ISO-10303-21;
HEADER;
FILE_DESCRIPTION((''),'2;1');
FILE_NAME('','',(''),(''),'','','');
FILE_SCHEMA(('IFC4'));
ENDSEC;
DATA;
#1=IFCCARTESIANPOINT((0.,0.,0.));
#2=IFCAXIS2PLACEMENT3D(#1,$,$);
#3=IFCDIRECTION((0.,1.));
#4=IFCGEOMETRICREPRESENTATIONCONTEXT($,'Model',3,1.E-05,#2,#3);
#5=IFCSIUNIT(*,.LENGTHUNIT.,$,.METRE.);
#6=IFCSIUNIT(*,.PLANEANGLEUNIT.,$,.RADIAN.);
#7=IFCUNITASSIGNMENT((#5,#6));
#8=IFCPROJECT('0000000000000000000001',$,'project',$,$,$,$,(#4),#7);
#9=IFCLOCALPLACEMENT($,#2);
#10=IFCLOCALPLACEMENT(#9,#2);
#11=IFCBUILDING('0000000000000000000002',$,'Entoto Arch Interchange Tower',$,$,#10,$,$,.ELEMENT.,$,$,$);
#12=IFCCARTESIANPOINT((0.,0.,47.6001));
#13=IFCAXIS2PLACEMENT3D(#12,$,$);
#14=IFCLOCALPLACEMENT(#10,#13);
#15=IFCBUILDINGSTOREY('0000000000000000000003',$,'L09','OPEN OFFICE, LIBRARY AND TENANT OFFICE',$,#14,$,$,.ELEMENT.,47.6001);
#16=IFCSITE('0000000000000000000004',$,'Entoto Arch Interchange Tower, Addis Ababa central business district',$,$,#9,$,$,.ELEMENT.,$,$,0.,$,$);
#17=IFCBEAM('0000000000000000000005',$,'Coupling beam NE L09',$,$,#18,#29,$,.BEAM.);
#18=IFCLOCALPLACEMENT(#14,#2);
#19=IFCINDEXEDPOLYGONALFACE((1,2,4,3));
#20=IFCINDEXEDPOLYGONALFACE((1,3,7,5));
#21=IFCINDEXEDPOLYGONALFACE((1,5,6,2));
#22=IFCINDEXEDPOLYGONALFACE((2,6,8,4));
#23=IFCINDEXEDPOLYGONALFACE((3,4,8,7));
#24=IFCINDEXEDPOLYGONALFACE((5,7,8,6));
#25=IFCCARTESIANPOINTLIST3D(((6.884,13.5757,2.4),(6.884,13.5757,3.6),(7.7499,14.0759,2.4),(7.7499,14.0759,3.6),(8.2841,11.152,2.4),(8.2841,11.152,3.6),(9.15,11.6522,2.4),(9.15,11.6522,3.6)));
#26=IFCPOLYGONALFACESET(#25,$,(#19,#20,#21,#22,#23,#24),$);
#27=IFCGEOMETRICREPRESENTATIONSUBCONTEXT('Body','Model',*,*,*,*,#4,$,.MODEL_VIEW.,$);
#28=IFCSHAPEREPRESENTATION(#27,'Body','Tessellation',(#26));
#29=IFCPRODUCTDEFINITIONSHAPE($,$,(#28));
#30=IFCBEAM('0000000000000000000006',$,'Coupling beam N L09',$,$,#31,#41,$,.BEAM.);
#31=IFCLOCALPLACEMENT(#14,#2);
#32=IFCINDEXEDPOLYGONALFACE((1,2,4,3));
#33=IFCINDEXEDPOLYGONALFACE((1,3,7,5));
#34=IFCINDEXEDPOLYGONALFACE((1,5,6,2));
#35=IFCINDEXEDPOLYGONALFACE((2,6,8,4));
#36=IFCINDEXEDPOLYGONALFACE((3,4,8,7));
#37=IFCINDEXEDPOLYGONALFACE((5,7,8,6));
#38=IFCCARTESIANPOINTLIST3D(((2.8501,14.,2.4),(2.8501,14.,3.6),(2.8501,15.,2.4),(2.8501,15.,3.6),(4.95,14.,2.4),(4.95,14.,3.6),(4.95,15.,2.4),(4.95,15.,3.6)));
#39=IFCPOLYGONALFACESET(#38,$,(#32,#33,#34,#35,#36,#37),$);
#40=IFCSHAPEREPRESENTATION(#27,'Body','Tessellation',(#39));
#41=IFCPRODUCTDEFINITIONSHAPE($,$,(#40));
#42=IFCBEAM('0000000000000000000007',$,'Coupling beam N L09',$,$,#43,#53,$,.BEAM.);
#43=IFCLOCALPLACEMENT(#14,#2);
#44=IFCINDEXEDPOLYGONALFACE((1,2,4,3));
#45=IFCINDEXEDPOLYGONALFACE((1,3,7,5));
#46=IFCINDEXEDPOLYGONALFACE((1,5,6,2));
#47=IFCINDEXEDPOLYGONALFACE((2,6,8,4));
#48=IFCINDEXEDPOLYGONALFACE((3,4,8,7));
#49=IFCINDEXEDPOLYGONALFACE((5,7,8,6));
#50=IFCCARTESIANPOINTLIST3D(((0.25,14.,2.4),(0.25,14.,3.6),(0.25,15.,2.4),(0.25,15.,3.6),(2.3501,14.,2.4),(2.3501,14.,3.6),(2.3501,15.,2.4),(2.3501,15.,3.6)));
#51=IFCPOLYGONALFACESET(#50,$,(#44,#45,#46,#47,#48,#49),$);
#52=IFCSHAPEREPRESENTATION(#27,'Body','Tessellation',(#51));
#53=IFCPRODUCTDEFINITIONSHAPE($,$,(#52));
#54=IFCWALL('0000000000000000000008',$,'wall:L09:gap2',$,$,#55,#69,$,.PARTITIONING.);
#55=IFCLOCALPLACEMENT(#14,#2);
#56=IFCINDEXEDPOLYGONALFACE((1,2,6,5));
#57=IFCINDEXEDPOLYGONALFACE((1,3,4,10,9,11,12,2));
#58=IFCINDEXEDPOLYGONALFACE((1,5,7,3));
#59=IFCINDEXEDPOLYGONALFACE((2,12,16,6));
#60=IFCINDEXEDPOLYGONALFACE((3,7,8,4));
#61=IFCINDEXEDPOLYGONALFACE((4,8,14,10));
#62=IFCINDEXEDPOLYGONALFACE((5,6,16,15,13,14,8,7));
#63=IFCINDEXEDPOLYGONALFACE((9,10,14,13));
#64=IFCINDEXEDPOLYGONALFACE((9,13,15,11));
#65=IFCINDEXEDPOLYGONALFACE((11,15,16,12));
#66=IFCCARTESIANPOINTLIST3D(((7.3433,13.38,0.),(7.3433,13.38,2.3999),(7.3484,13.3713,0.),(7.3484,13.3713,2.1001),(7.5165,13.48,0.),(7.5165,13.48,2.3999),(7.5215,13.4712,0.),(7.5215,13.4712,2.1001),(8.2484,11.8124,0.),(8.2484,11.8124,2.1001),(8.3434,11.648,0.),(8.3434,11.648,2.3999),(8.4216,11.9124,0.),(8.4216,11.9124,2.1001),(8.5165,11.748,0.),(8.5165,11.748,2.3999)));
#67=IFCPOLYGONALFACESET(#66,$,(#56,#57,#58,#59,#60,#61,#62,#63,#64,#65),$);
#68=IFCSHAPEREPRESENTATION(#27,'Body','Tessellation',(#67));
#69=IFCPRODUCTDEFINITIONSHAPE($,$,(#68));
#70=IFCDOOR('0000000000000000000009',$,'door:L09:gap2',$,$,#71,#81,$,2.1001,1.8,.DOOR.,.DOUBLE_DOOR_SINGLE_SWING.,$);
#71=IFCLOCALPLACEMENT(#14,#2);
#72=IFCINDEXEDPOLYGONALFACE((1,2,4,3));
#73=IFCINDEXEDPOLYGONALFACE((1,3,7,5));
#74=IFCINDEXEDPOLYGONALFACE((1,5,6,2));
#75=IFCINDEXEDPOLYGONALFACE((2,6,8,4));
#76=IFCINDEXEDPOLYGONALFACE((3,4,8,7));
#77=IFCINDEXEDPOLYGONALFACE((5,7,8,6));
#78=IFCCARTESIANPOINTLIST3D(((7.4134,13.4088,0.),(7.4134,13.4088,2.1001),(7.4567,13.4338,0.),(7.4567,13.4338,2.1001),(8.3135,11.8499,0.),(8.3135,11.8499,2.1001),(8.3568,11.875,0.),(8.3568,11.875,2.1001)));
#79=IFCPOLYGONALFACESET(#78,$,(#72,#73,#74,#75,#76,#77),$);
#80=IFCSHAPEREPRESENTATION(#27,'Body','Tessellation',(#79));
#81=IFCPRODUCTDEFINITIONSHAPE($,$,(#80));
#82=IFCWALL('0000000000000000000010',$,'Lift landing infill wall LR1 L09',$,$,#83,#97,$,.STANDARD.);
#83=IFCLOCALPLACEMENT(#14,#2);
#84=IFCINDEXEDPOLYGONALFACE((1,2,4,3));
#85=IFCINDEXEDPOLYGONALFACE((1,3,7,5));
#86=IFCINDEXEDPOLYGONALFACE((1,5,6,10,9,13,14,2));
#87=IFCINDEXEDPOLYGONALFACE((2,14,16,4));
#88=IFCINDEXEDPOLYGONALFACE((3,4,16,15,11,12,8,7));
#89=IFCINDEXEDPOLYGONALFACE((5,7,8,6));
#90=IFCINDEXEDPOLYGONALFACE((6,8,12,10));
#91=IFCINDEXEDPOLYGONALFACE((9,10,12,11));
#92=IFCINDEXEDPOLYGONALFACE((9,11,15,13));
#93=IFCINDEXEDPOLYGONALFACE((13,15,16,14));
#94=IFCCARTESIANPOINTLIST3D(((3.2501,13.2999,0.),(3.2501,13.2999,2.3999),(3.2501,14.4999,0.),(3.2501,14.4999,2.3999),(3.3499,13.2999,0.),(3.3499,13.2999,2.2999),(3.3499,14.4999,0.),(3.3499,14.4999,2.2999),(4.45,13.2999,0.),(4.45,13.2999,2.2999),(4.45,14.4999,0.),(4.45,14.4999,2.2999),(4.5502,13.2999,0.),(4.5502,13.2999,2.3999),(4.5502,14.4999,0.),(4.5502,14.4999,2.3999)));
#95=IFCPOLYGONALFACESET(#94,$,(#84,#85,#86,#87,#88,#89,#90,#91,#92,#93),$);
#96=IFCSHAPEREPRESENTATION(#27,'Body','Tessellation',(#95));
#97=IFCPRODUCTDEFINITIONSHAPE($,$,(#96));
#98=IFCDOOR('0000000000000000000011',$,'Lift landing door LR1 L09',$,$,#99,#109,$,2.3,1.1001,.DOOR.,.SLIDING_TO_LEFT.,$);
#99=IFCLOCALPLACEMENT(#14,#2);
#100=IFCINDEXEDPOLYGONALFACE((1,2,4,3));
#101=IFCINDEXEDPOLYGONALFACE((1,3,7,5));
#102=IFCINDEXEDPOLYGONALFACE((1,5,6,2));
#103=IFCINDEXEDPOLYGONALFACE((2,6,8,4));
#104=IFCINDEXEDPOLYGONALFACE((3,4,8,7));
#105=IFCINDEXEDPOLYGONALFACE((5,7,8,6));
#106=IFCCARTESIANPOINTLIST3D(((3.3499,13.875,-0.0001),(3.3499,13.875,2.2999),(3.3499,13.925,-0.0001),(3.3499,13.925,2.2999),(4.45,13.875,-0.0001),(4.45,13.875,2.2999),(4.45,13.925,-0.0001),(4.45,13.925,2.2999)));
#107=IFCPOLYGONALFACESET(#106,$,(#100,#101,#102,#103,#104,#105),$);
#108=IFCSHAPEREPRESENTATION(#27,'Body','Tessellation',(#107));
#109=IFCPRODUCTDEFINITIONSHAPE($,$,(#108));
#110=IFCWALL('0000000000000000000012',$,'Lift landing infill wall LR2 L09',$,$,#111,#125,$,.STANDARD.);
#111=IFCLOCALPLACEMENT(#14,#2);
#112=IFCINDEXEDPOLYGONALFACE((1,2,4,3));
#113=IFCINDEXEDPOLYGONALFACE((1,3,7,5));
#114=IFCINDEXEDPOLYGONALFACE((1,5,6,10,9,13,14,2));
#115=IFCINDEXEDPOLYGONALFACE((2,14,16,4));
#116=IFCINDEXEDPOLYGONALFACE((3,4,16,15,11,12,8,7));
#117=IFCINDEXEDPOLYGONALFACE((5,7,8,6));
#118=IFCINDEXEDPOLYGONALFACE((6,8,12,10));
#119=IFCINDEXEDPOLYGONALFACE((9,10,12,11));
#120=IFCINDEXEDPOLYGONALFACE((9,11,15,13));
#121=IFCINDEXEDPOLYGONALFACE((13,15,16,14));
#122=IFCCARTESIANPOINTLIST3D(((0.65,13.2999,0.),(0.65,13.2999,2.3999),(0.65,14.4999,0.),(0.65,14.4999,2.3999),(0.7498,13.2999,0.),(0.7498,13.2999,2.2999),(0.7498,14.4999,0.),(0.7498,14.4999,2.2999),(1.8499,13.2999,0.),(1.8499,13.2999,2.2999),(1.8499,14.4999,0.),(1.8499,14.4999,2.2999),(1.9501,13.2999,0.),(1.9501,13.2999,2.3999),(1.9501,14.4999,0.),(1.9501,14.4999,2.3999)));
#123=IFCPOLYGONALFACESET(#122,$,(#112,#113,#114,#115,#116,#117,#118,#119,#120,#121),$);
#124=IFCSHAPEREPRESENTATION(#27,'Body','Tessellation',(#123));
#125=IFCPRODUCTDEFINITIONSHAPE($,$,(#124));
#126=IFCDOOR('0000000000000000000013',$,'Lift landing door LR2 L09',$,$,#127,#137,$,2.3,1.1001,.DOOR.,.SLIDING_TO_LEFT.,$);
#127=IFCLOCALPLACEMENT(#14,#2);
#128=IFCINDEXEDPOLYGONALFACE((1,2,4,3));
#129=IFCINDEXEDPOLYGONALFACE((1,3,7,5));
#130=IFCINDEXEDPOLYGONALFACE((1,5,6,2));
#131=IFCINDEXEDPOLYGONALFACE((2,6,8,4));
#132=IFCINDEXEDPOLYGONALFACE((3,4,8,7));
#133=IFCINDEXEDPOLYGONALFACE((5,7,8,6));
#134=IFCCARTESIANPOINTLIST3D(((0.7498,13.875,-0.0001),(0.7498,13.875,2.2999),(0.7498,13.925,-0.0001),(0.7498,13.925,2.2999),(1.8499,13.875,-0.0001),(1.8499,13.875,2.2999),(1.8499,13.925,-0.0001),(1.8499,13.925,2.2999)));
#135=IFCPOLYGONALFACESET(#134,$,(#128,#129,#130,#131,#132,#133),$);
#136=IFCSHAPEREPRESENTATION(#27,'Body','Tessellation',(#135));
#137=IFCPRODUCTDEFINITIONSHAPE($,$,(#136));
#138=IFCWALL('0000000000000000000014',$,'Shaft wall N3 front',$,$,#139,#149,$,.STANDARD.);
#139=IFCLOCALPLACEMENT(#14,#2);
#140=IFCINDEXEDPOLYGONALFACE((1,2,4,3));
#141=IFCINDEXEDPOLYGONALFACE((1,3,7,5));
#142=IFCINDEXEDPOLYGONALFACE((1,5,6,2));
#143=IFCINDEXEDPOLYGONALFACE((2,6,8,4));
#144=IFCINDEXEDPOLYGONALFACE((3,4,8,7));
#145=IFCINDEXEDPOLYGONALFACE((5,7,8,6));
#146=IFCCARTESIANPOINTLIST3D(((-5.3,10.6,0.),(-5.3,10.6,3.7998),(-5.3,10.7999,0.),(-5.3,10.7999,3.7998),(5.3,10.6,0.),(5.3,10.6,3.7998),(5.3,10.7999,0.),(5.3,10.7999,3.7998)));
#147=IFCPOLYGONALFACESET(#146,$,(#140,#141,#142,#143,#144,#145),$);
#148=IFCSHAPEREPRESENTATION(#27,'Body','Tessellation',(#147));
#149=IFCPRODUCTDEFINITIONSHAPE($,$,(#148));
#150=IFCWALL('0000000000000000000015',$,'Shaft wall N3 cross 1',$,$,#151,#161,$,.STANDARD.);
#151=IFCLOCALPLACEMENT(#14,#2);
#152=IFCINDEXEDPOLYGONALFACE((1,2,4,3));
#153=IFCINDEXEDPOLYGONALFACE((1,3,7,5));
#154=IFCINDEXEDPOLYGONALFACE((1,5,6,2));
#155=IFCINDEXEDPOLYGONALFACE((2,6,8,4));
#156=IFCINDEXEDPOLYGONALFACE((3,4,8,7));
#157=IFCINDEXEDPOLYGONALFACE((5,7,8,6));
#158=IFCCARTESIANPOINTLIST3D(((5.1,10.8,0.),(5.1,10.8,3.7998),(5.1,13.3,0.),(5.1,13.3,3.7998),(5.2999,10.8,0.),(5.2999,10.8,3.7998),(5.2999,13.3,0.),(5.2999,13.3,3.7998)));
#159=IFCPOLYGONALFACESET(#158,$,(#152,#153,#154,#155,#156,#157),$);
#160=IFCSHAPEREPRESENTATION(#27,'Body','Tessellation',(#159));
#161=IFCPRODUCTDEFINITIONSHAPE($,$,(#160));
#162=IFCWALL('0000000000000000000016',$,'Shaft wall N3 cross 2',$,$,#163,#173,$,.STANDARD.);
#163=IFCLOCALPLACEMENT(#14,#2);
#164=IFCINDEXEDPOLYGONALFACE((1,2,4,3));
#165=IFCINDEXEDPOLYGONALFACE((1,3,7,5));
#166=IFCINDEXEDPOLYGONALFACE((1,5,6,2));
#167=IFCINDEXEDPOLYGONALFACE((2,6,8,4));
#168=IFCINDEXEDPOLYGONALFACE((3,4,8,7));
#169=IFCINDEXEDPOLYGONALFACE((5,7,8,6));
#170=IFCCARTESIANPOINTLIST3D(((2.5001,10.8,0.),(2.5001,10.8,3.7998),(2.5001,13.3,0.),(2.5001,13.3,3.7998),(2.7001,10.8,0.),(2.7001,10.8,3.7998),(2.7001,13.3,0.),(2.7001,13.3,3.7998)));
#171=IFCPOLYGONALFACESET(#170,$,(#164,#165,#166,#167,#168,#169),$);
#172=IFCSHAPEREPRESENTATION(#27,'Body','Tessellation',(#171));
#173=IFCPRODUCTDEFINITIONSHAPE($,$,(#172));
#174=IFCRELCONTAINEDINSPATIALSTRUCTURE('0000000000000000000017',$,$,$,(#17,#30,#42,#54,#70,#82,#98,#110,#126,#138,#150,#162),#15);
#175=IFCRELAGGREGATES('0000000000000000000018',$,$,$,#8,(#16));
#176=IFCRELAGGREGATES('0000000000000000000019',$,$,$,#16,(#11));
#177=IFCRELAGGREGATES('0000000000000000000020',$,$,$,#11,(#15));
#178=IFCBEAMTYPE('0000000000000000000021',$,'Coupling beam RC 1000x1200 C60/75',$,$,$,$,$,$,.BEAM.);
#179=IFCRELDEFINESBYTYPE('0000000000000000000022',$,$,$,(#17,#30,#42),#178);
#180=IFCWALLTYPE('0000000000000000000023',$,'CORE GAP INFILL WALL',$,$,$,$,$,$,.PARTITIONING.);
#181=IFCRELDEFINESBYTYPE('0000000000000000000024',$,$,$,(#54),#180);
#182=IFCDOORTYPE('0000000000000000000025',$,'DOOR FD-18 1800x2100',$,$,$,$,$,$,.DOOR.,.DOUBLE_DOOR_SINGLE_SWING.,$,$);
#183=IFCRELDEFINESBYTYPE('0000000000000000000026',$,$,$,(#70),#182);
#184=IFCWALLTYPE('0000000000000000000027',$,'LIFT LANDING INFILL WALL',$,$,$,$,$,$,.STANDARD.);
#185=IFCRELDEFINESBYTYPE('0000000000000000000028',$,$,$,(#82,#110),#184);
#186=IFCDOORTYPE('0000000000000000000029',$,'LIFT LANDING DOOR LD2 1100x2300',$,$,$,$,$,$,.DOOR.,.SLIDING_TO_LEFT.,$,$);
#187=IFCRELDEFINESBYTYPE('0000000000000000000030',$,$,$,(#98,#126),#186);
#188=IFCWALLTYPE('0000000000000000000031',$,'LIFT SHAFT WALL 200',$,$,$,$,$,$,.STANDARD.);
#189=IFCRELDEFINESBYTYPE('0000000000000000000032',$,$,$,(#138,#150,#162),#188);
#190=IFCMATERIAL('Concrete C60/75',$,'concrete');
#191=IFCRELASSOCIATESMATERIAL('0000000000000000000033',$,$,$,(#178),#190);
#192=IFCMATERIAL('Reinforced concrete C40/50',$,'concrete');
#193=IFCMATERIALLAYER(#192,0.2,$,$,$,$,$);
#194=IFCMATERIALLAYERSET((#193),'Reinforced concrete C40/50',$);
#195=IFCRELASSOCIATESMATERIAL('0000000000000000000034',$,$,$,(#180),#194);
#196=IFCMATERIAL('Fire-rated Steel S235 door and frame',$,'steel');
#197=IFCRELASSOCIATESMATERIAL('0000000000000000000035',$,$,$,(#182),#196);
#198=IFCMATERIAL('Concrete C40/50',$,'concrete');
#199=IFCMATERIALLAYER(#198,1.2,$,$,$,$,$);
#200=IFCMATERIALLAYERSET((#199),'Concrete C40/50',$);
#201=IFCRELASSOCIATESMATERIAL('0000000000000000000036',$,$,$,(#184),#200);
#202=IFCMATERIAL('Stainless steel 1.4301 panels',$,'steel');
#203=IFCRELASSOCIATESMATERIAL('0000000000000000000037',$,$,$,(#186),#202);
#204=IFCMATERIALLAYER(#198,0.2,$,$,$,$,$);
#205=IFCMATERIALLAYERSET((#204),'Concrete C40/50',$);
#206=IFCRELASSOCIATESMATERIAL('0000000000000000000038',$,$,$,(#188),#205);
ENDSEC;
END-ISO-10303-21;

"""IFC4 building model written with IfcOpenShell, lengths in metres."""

from ifc_helpers import new_model, si_unit, direction, frame, frame_2d, origin, origin_2d, place, context, subcontext, project, spatial, rectangle, extrude, material, layer, layer_set, material_profile, profile_set, type_object, element, fill, save


model = new_model("IFC4")

# Units and contexts
model_context = context("Model", 3, precision=1e-05, world=origin(), true_north=direction((0.0, 1.0)))
body_context = subcontext(model_context, "Body", "Model", "MODEL_VIEW")
ifc_project = project(units=[si_unit("LENGTHUNIT", "METRE"), si_unit("PLANEANGLEUNIT", "RADIAN")], contexts=[model_context])

# Site, building, storey
site_placement = place(None, origin())
site = spatial("IfcSite", under=ifc_project, at=site_placement, Name="Entoto Arch Interchange Tower, Addis Ababa central business district", CompositionType="ELEMENT", RefElevation=0.0)
building_placement = place(site_placement, origin())
building = spatial("IfcBuilding", under=site, at=building_placement, Name="Entoto Arch Interchange Tower", CompositionType="ELEMENT")
storey_placement = place(building_placement, frame((0.0, 0.0, 47.6001)))
storey = spatial("IfcBuildingStorey", under=building, at=storey_placement, Name="L09", Description="OPEN OFFICE, LIBRARY AND TENANT OFFICE", CompositionType="ELEMENT", Elevation=47.6001)

# Beams
ifc_material_1 = material(Name="Concrete C60/75", Category="concrete")
ifc_material_profile = material_profile(ifc_material_1, rectangle(XDim=1.0, YDim=1.2, at=origin_2d()))
ifc_profile_set = profile_set([ifc_material_profile], Name="Concrete C60/75")
beam_type = type_object("IfcBeamType", Name="Coupling beam RC 1000x1200 C60/75", PredefinedType="BEAM", material=ifc_profile_set)
beam_1_placement = place(storey_placement, frame((8.717, 11.4021, 3.0), z_axis=(-0.500201, 0.86591, 0.0), x_axis=(-0.86591, -0.500201, 0.0)))
element("IfcBeam", 1, at=beam_1_placement, inside=storey, type_object=beam_type, Name="Coupling beam NE L09", PredefinedType="BEAM", context=body_context, shape_type="SweptSolid", body=[
    extrude(rectangle(XDim=1.0, YDim=1.2, at=origin_2d()), origin(), (0.0, 0.0, 1.0), 2.7991),
])
beam_2_placement = place(storey_placement, frame((4.95, 14.5, 3.0), z_axis=(-1.0, 0.0, 0.0), x_axis=(0.0, -1.0, 0.0)))
element("IfcBeam", 2, at=beam_2_placement, inside=storey, type_object=beam_type, Name="Coupling beam N L09", PredefinedType="BEAM", context=body_context, shape_type="SweptSolid", body=[
    extrude(rectangle(XDim=1.0, YDim=1.2, at=origin_2d()), origin(), (0.0, 0.0, 1.0), 2.0999),
])
beam_3_placement = place(storey_placement, frame((2.3501, 14.5, 3.0), z_axis=(-1.0, 0.0, 0.0), x_axis=(0.0, -1.0, 0.0)))
element("IfcBeam", 3, at=beam_3_placement, inside=storey, type_object=beam_type, Name="Coupling beam N L09", PredefinedType="BEAM", context=body_context, shape_type="SweptSolid", body=[
    extrude(rectangle(XDim=1.0, YDim=1.2, at=origin_2d()), origin(), (0.0, 0.0, 1.0), 2.1001),
])

# Walls, openings, doors
ifc_material_2 = material(Name="Reinforced concrete C40/50", Category="concrete")
ifc_layer_1 = layer(ifc_material_2, 0.2)
ifc_layer_set_1 = layer_set([ifc_layer_1], Name="Reinforced concrete C40/50")
wall_type_1 = type_object("IfcWallType", Name="CORE GAP INFILL WALL", PredefinedType="PARTITIONING", material=ifc_layer_set_1)
wall_1_placement = place(storey_placement, frame((8.4299, 11.698, 0.0), z_axis=(0.0, 0.0, 1.0), x_axis=(-0.500025, 0.866011, 0.0)))
wall_1 = element("IfcWall", 4, at=wall_1_placement, inside=storey, type_object=wall_type_1, Name="wall:L09:gap2", PredefinedType="PARTITIONING", context=body_context, shape_type="SweptSolid", body=[
    extrude(rectangle(XDim=2.0, YDim=0.2, at=frame_2d((1.0, 0.0))), origin(), (0.0, 0.0, 1.0), 2.3999),
])
opening_1_placement = place(wall_1_placement, frame((0.1899, 0.0, 0.0)))
opening_1 = element("IfcOpeningElement", 5, at=opening_1_placement, cuts=wall_1, PredefinedType="OPENING", context=body_context, shape_type="SweptSolid", body=[
    extrude(rectangle(XDim=1.8, YDim=2.1001, at=frame_2d((0.8999, 1.05))), frame((0.0, 0.1099, 0.0), z_axis=(0.0, -1.0, 0.0), x_axis=(1.0, 0.0, 0.0)), (0.0, 0.0, 1.0), 0.22),
])
ifc_material_3 = material(Name="Fire-rated Steel S235 door and frame", Category="steel")
door_type_1 = type_object("IfcDoorType", Name="DOOR FD-18 1800x2100", OperationType="DOUBLE_DOOR_SINGLE_SWING", PredefinedType="DOOR", material=ifc_material_3)
door_1_placement = place(opening_1_placement, origin())
door_1 = element("IfcDoor", 6, at=door_1_placement, inside=storey, type_object=door_type_1, Name="door:L09:gap2", OperationType="DOUBLE_DOOR_SINGLE_SWING", OverallHeight=2.1001, OverallWidth=1.8, PredefinedType="DOOR", context=body_context, shape_type="SweptSolid", body=[
    extrude(rectangle(XDim=1.8, YDim=2.1001, at=frame_2d((0.8999, 1.05))), frame((0.0, 0.0249, 0.0), z_axis=(0.0, -1.0, 0.0), x_axis=(1.0, 0.0, 0.0)), (0.0, 0.0, 1.0), 0.05),
])
fill(opening_1, door_1)
ifc_material_4 = material(Name="Concrete C40/50", Category="concrete")
ifc_layer_2 = layer(ifc_material_4, 1.2)
ifc_layer_set_2 = layer_set([ifc_layer_2], Name="Concrete C40/50")
wall_type_2 = type_object("IfcWallType", Name="LIFT LANDING INFILL WALL", PredefinedType="STANDARD", material=ifc_layer_set_2)
wall_2_placement = place(storey_placement, frame((4.55, 13.8999, 0.0), z_axis=(0.0, 0.0, 1.0), x_axis=(-1.0, 0.0, 0.0)))
wall_2 = element("IfcWall", 7, at=wall_2_placement, inside=storey, type_object=wall_type_2, Name="Lift landing infill wall LR1 L09", PredefinedType="STANDARD", context=body_context, shape_type="SweptSolid", body=[
    extrude(rectangle(XDim=1.3, YDim=1.2, at=frame_2d((0.6499, 0.0))), origin(), (0.0, 0.0, 1.0), 2.3999),
])
opening_2_placement = place(wall_2_placement, frame((0.1001, 0.0, 0.0)))
opening_2 = element("IfcOpeningElement", 8, at=opening_2_placement, cuts=wall_2, PredefinedType="OPENING", context=body_context, shape_type="SweptSolid", body=[
    extrude(rectangle(XDim=1.1001, YDim=2.3, at=frame_2d((0.55, 1.1499))), frame((0.0, 0.6099, 0.0), z_axis=(0.0, -1.0, 0.0), x_axis=(1.0, 0.0, 0.0)), (0.0, 0.0, 1.0), 1.22),
])
ifc_material_5 = material(Name="Stainless steel 1.4301 panels", Category="steel")
door_type_2 = type_object("IfcDoorType", Name="LIFT LANDING DOOR LD2 1100x2300", OperationType="SLIDING_TO_LEFT", PredefinedType="DOOR", material=ifc_material_5)
door_2_placement = place(opening_2_placement, origin())
door_2 = element("IfcDoor", 9, at=door_2_placement, inside=storey, type_object=door_type_2, Name="Lift landing door LR1 L09", OperationType="SLIDING_TO_LEFT", OverallHeight=2.3, OverallWidth=1.1001, PredefinedType="DOOR", context=body_context, shape_type="SweptSolid", body=[
    extrude(rectangle(XDim=1.1001, YDim=2.3, at=frame_2d((0.55, 1.1499))), frame((0.0, 0.0249, 0.0), z_axis=(0.0, -1.0, 0.0), x_axis=(1.0, 0.0, 0.0)), (0.0, 0.0, 1.0), 0.05),
])
fill(opening_2, door_2)
wall_3_placement = place(storey_placement, frame((1.95, 13.8999, 0.0), z_axis=(0.0, 0.0, 1.0), x_axis=(-1.0, 0.0, 0.0)))
wall_3 = element("IfcWall", 10, at=wall_3_placement, inside=storey, type_object=wall_type_2, Name="Lift landing infill wall LR2 L09", PredefinedType="STANDARD", context=body_context, shape_type="SweptSolid", body=[
    extrude(rectangle(XDim=1.3, YDim=1.2, at=frame_2d((0.6499, 0.0))), origin(), (0.0, 0.0, 1.0), 2.3999),
])
opening_3_placement = place(wall_3_placement, frame((0.1001, 0.0, 0.0)))
opening_3 = element("IfcOpeningElement", 11, at=opening_3_placement, cuts=wall_3, PredefinedType="OPENING", context=body_context, shape_type="SweptSolid", body=[
    extrude(rectangle(XDim=1.1001, YDim=2.3, at=frame_2d((0.55, 1.1499))), frame((0.0, 0.6099, 0.0), z_axis=(0.0, -1.0, 0.0), x_axis=(1.0, 0.0, 0.0)), (0.0, 0.0, 1.0), 1.22),
])
door_3_placement = place(opening_3_placement, origin())
door_3 = element("IfcDoor", 12, at=door_3_placement, inside=storey, type_object=door_type_2, Name="Lift landing door LR2 L09", OperationType="SLIDING_TO_LEFT", OverallHeight=2.3, OverallWidth=1.1001, PredefinedType="DOOR", context=body_context, shape_type="SweptSolid", body=[
    extrude(rectangle(XDim=1.1001, YDim=2.3, at=frame_2d((0.55, 1.1499))), frame((0.0, 0.0249, 0.0), z_axis=(0.0, -1.0, 0.0), x_axis=(1.0, 0.0, 0.0)), (0.0, 0.0, 1.0), 0.05),
])
fill(opening_3, door_3)

# Walls
ifc_layer_3 = layer(ifc_material_4, 0.2)
ifc_layer_set_3 = layer_set([ifc_layer_3], Name="Concrete C40/50")
wall_type_3 = type_object("IfcWallType", Name="LIFT SHAFT WALL 200", PredefinedType="STANDARD", material=ifc_layer_set_3)
wall_4_placement = place(storey_placement, frame((5.3, 10.7, 0.0), z_axis=(0.0, 0.0, 1.0), x_axis=(-1.0, 0.0, 0.0)))
element("IfcWall", 13, at=wall_4_placement, inside=storey, type_object=wall_type_3, Name="Shaft wall N3 front", PredefinedType="STANDARD", context=body_context, shape_type="SweptSolid", body=[
    extrude(rectangle(XDim=10.6001, YDim=0.2, at=frame_2d((5.3, 0.0))), origin(), (0.0, 0.0, 1.0), 3.7998),
])
for number, where, z_axis, x_axis, name in (
    (14, (5.2, 10.8, 0.0), (0.0, 0.0, 1.0), (0.0, 1.0, 0.0), "Shaft wall N3 cross 1"),
    (15, (2.6001, 10.8, 0.0), (0.0, 0.0, 1.0), (0.0, 1.0, 0.0), "Shaft wall N3 cross 2"),
):
    element("IfcWall", number, at=place(storey_placement, frame(where, z_axis=z_axis, x_axis=x_axis)), inside=storey, type_object=wall_type_3, Name=name, PredefinedType="STANDARD", context=body_context, shape_type="SweptSolid", body=[
        extrude(rectangle(XDim=2.5, YDim=0.2, at=frame_2d((1.25, 0.0))), origin(), (0.0, 0.0, 1.0), 3.7998),
    ])

save(model, "model.ifc")
